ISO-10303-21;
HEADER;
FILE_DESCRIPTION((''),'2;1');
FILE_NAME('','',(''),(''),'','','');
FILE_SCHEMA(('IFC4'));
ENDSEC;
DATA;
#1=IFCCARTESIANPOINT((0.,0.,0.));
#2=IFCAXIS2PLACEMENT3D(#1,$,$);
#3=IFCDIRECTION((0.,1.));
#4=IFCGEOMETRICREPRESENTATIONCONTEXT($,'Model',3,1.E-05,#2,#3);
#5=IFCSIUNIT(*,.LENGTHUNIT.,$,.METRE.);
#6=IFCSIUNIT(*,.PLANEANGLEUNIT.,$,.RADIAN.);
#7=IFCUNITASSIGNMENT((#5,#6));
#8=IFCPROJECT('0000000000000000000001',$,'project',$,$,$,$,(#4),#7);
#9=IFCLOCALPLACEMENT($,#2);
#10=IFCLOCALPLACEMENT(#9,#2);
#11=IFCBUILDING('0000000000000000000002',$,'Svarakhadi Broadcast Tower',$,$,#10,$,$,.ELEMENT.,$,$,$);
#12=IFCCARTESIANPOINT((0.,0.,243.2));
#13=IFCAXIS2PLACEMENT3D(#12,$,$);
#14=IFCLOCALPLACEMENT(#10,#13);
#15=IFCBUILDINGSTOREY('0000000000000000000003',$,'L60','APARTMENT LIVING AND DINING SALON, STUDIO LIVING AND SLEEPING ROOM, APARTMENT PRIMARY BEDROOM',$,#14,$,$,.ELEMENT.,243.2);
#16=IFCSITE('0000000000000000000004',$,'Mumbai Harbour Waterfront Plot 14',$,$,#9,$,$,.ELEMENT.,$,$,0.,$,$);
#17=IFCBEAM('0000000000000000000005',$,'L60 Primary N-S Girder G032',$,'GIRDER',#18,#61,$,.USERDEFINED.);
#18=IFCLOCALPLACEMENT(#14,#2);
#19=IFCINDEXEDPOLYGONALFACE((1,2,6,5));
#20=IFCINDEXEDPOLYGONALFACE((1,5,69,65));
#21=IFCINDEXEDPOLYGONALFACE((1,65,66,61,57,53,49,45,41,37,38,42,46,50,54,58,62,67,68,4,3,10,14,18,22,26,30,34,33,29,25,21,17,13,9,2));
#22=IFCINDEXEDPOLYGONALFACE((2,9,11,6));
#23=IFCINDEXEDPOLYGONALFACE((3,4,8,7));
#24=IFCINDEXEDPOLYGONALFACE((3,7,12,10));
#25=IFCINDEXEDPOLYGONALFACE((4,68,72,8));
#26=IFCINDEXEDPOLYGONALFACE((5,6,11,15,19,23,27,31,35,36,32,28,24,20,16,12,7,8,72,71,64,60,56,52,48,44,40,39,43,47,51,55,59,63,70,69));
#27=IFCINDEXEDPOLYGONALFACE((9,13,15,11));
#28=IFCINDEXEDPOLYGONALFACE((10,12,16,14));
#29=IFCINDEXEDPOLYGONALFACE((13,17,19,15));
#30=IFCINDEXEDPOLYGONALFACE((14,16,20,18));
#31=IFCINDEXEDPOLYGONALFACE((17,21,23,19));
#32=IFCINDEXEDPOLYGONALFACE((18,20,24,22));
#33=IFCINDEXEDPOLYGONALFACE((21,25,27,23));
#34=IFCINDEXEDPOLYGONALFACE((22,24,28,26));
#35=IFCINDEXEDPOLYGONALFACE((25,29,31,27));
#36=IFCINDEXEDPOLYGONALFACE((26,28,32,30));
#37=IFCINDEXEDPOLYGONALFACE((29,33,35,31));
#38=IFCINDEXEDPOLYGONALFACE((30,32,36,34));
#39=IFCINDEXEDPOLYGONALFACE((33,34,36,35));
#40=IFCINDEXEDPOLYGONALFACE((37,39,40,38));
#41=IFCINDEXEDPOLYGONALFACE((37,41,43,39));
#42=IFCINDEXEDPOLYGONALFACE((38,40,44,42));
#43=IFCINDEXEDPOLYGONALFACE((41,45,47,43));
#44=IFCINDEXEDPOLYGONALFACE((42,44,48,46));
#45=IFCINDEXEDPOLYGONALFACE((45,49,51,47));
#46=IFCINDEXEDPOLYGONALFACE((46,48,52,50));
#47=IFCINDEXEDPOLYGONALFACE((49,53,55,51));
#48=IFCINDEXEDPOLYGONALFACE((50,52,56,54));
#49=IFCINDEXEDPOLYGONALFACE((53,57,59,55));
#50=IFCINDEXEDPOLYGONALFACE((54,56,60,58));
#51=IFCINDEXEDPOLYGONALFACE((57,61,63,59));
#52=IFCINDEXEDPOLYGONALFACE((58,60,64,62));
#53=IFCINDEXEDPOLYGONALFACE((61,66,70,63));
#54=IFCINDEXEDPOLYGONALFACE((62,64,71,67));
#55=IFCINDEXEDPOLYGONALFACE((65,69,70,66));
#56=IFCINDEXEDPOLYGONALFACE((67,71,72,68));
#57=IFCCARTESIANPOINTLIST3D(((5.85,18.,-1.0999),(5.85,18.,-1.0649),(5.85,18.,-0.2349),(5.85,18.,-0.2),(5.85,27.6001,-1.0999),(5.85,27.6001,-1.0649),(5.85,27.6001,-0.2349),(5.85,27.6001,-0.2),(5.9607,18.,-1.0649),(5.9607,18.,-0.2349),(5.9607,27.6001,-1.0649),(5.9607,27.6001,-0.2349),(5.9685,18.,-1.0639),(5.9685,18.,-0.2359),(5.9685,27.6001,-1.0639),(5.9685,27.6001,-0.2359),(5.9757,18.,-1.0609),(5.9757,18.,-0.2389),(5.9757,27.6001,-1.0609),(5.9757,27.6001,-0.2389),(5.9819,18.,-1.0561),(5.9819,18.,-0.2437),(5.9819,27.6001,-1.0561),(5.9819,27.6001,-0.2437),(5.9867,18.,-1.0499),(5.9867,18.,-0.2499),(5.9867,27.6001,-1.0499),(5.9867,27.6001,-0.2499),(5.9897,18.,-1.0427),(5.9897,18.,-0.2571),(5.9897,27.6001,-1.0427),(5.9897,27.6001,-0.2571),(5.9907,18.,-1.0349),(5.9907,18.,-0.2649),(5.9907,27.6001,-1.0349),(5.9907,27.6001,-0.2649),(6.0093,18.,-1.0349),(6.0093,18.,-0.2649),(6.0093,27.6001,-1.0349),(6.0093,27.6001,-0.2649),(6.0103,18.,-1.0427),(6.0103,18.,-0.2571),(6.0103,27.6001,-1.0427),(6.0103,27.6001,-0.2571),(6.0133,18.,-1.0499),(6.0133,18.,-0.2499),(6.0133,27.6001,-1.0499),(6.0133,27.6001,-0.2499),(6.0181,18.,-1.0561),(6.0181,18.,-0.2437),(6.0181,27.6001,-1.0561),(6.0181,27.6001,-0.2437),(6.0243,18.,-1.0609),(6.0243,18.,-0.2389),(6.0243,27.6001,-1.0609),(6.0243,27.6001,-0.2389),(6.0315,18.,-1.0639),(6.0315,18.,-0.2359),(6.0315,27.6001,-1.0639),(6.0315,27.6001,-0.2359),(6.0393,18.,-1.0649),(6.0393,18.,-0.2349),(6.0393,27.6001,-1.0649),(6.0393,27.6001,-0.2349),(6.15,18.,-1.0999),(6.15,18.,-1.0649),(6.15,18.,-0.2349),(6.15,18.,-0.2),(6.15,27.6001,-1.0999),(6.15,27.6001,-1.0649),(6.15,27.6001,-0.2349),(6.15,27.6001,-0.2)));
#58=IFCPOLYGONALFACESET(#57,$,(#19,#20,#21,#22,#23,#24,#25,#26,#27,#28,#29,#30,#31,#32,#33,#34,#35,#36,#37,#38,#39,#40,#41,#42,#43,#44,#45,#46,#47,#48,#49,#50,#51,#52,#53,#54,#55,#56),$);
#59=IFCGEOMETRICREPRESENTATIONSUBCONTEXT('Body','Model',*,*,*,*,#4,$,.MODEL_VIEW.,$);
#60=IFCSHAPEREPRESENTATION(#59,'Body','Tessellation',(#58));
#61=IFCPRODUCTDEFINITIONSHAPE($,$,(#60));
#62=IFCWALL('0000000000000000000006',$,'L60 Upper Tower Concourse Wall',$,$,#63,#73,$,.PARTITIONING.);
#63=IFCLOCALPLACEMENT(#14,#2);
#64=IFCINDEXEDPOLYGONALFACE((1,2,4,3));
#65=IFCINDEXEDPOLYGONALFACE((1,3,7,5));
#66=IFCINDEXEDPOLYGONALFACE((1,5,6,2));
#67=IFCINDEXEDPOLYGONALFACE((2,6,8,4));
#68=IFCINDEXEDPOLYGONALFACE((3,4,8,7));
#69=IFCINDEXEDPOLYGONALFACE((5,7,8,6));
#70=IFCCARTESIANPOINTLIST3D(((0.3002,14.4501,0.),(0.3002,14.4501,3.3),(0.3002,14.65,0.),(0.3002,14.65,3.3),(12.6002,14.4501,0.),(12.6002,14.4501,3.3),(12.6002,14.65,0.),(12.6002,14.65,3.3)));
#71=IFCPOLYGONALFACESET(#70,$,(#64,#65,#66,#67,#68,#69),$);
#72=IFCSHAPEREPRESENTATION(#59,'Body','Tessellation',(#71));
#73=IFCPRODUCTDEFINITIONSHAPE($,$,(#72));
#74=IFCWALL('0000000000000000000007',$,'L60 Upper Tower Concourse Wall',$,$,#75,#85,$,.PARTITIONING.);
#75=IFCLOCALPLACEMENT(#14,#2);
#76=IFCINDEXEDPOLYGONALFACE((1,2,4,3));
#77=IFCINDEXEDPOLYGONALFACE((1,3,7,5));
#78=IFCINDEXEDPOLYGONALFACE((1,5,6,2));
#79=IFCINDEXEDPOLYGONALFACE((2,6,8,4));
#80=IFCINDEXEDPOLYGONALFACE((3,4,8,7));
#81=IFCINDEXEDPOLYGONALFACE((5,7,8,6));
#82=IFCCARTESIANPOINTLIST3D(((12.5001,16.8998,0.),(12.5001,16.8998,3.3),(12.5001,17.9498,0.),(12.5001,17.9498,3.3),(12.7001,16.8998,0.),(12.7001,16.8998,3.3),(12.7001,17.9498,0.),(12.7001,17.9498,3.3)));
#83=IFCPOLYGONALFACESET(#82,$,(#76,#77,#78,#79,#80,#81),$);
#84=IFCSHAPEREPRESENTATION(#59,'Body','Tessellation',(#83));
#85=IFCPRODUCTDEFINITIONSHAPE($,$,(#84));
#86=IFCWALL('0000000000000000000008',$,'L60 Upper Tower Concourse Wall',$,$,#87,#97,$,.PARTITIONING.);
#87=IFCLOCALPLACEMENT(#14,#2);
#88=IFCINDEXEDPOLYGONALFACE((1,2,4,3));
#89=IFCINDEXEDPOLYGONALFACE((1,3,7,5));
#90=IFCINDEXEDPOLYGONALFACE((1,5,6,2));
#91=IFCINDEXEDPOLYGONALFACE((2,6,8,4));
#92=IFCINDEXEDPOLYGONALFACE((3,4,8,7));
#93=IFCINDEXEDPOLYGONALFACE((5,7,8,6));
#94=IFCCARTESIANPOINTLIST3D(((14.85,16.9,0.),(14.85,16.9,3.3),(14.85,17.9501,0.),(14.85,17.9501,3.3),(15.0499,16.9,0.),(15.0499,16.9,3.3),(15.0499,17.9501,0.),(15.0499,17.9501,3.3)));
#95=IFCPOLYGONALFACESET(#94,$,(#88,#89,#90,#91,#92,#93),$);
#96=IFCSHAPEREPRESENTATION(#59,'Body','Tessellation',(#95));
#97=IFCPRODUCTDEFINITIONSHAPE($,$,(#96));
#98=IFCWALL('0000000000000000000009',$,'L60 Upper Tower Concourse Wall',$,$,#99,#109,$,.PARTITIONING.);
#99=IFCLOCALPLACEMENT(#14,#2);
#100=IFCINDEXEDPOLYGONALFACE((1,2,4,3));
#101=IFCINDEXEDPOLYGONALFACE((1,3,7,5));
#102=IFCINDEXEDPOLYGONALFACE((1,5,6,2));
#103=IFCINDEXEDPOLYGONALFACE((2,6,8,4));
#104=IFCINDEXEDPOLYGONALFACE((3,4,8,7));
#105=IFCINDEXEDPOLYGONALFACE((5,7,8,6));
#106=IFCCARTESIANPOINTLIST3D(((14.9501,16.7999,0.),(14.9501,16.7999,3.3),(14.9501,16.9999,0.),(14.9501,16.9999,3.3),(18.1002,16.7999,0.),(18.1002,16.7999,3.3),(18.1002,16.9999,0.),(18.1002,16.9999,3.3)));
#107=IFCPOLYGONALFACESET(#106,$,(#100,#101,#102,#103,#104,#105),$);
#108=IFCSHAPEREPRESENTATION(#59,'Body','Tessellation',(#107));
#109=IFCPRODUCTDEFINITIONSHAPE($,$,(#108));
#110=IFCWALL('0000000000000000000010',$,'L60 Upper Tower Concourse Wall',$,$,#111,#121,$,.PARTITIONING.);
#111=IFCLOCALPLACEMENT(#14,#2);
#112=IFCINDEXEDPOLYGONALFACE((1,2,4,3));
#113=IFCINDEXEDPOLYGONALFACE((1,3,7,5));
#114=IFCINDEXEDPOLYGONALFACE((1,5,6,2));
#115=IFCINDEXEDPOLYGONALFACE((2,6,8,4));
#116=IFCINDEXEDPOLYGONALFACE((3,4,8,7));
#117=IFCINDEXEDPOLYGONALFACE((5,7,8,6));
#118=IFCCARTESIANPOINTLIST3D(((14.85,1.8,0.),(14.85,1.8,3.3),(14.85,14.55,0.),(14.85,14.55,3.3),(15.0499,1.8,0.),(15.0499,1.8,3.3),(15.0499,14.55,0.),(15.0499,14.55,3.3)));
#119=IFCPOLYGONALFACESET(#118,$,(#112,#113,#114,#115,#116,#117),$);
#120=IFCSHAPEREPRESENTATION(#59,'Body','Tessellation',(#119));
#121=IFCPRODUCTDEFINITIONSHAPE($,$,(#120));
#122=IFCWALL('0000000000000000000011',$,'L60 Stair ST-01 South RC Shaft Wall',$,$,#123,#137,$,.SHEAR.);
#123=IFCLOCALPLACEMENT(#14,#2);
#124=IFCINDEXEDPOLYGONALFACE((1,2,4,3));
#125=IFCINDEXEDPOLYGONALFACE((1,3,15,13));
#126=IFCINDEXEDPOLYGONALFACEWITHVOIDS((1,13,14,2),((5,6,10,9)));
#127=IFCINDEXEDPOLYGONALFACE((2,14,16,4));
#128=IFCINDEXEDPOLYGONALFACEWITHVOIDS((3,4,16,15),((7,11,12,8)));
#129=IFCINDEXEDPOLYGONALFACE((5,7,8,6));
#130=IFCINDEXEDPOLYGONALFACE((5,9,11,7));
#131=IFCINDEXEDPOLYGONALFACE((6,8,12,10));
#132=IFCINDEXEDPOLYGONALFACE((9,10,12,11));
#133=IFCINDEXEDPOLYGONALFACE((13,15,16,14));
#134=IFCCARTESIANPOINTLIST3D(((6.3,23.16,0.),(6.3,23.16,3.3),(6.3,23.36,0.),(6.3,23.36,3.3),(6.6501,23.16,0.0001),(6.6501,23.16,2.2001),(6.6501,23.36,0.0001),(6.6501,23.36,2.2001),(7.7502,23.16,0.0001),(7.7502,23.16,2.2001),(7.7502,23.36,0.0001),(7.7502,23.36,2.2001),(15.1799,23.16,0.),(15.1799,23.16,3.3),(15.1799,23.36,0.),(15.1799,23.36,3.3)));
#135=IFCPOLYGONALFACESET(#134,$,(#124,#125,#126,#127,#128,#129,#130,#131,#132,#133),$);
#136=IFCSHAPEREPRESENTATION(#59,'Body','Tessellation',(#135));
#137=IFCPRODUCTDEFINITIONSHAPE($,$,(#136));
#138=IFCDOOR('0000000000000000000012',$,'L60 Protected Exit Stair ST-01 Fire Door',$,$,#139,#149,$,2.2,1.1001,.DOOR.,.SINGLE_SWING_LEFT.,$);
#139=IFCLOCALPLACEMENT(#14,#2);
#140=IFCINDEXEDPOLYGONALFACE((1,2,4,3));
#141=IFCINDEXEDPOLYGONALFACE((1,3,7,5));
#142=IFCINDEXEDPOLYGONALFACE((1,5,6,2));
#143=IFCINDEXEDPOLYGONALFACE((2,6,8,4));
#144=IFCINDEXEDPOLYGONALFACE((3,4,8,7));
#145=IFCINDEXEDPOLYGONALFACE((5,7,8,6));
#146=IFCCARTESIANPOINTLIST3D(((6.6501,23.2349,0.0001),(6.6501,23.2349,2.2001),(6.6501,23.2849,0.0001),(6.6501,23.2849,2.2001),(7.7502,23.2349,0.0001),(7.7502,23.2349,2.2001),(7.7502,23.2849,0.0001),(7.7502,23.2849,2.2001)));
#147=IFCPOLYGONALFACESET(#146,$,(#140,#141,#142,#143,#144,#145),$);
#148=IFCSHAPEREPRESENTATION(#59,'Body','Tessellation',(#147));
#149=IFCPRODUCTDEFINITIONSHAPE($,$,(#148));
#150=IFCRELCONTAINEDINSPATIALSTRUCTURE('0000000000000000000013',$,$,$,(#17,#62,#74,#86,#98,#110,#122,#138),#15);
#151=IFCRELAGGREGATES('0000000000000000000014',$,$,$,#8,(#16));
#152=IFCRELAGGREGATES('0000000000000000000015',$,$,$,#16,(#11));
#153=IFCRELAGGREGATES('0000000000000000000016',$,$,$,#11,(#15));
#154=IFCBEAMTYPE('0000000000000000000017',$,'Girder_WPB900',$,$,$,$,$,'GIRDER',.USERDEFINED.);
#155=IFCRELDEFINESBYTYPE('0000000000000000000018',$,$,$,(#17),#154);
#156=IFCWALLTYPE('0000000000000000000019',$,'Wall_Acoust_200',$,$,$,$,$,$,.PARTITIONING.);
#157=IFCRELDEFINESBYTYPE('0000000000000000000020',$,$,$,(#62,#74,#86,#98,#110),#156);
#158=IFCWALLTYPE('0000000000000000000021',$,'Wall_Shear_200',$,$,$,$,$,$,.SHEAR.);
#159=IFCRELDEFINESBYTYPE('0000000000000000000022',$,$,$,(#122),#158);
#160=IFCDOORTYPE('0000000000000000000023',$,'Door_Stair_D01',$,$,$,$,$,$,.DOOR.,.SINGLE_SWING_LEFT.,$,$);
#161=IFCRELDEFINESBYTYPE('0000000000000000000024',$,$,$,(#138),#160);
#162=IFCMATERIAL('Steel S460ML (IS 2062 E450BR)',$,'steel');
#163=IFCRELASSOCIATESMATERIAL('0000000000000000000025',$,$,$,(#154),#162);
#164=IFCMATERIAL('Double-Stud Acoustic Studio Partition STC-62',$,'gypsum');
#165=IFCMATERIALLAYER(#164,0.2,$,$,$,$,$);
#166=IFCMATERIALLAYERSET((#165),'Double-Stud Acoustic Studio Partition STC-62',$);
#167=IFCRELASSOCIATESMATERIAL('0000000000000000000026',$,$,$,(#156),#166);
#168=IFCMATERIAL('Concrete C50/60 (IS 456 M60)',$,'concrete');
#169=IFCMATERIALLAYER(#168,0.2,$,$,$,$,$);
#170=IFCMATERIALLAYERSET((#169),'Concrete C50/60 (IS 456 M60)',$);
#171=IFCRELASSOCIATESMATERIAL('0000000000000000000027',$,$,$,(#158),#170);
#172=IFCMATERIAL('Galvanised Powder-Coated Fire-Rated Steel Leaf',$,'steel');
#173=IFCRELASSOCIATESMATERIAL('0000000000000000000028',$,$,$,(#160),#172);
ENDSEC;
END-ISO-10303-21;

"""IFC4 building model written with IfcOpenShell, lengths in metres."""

from ifc_helpers import new_model, si_unit, direction, frame, frame_2d, origin, origin_2d, place, context, subcontext, project, spatial, rectangle, i_section, extrude, material, layer, layer_set, material_profile, profile_set, type_object, element, fill, save


model = new_model("IFC4")

# Units and contexts
model_context = context("Model", 3, precision=1e-05, world=origin(), true_north=direction((0.0, 1.0)))
body_context = subcontext(model_context, "Body", "Model", "MODEL_VIEW")
ifc_project = project(units=[si_unit("LENGTHUNIT", "METRE"), si_unit("PLANEANGLEUNIT", "RADIAN")], contexts=[model_context])

# Site, building, storey
site_placement = place(None, origin())
site = spatial("IfcSite", under=ifc_project, at=site_placement, Name="Mumbai Harbour Waterfront Plot 14", CompositionType="ELEMENT", RefElevation=0.0)
building_placement = place(site_placement, origin())
building = spatial("IfcBuilding", under=site, at=building_placement, Name="Svarakhadi Broadcast Tower", CompositionType="ELEMENT")
storey_placement = place(building_placement, frame((0.0, 0.0, 243.2)))
storey = spatial("IfcBuildingStorey", under=building, at=storey_placement, Name="L60", Description="APARTMENT LIVING AND DINING SALON, STUDIO LIVING AND SLEEPING ROOM, APARTMENT PRIMARY BEDROOM", CompositionType="ELEMENT", Elevation=243.2)

# Shared definitions
ifc_material_1 = material(Name="Concrete C50/60 (IS 456 M60)", Category="concrete")
ifc_material_2 = material(Name="Steel S460ML (IS 2062 E450BR)", Category="steel")

# Beam
ifc_material_profile_1 = material_profile(ifc_material_2, i_section(OverallWidth=0.3, OverallDepth=0.8999, WebThickness=0.0186, FlangeThickness=0.0349, FilletRadius=0.03, at=origin_2d()), Name="WPB 900x300x291")
ifc_profile_set_1 = profile_set([ifc_material_profile_1], Name="Steel S460ML (IS 2062 E450BR)")
beam_type_1 = type_object("IfcBeamType", Name="Girder_WPB900", ElementType="GIRDER", PredefinedType="USERDEFINED", material=ifc_profile_set_1)
beam_1_placement = place(storey_placement, frame((6.0, 18.0, -0.6499), z_axis=(0.0, 1.0, 0.0), x_axis=(-1.0, 0.0, 0.0)))
element("IfcBeam", 1, at=beam_1_placement, inside=storey, type_object=beam_type_1, Name="L60 Primary N-S Girder G032", ObjectType="GIRDER", PredefinedType="USERDEFINED", context=body_context, shape_type="SweptSolid", body=[
    extrude(i_section(OverallWidth=0.3, OverallDepth=0.8999, WebThickness=0.0186, FlangeThickness=0.0349, FilletRadius=0.03, at=origin_2d()), origin(), (0.0, 0.0, 1.0), 9.6001),
])

# Walls
ifc_material_3 = material(Name="Double-Stud Acoustic Studio Partition STC-62", Category="gypsum")
ifc_layer_1 = layer(ifc_material_3, 0.2)
ifc_layer_set_1 = layer_set([ifc_layer_1], Name="Double-Stud Acoustic Studio Partition STC-62")
wall_type_1 = type_object("IfcWallType", Name="Wall_Acoust_200", PredefinedType="PARTITIONING", material=ifc_layer_set_1)
wall_1_placement = place(storey_placement, frame((12.6001, 14.55, 0.0), z_axis=(0.0, 0.0, 1.0), x_axis=(-1.0, 0.0, 0.0)))
element("IfcWall", 2, at=wall_1_placement, inside=storey, type_object=wall_type_1, Name="L60 Upper Tower Concourse Wall", PredefinedType="PARTITIONING", context=body_context, shape_type="SweptSolid", body=[
    extrude(rectangle(XDim=12.3, YDim=0.2, at=frame_2d((6.1499, 0.0))), origin(), (0.0, 0.0, 1.0), 3.3),
])
for number, where, z_axis, x_axis, name in (
    (3, (12.6001, 16.8999, 0.0), (0.0, 0.0, 1.0), (0.0, 1.0, 0.0), "L60 Upper Tower Concourse Wall"),
    (4, (14.95, 17.95, 0.0), (0.0, 0.0, 1.0), (0.0, -1.0, 0.0), "L60 Upper Tower Concourse Wall"),
):
    element("IfcWall", number, at=place(storey_placement, frame(where, z_axis=z_axis, x_axis=x_axis)), inside=storey, type_object=wall_type_1, Name=name, PredefinedType="PARTITIONING", context=body_context, shape_type="SweptSolid", body=[
        extrude(rectangle(XDim=1.05, YDim=0.2, at=frame_2d((0.5249, 0.0))), origin(), (0.0, 0.0, 1.0), 3.3),
    ])
wall_2_placement = place(storey_placement, frame((14.95, 16.8999, 0.0), z_axis=(0.0, 0.0, 1.0), x_axis=(1.0, 0.0, 0.0)))
element("IfcWall", 5, at=wall_2_placement, inside=storey, type_object=wall_type_1, Name="L60 Upper Tower Concourse Wall", PredefinedType="PARTITIONING", context=body_context, shape_type="SweptSolid", body=[
    extrude(rectangle(XDim=3.1501, YDim=0.2, at=frame_2d((1.5752, 0.0))), origin(), (0.0, 0.0, 1.0), 3.3),
])
wall_3_placement = place(storey_placement, frame((14.95, 14.55, 0.0), z_axis=(0.0, 0.0, 1.0), x_axis=(0.0, -1.0, 0.0)))
element("IfcWall", 6, at=wall_3_placement, inside=storey, type_object=wall_type_1, Name="L60 Upper Tower Concourse Wall", PredefinedType="PARTITIONING", context=body_context, shape_type="SweptSolid", body=[
    extrude(rectangle(XDim=12.75, YDim=0.2, at=frame_2d((6.375, 0.0))), origin(), (0.0, 0.0, 1.0), 3.3),
])

# Wall, opening, door
ifc_layer_2 = layer(ifc_material_1, 0.2)
ifc_layer_set_2 = layer_set([ifc_layer_2], Name="Concrete C50/60 (IS 456 M60)")
wall_type_2 = type_object("IfcWallType", Name="Wall_Shear_200", PredefinedType="SHEAR", material=ifc_layer_set_2)
wall_4_placement = place(storey_placement, frame((6.3, 23.26, 0.0), z_axis=(0.0, 0.0, 1.0), x_axis=(1.0, 0.0, 0.0)))
wall_4 = element("IfcWall", 7, at=wall_4_placement, inside=storey, type_object=wall_type_2, Name="L60 Stair ST-01 South RC Shaft Wall", PredefinedType="SHEAR", context=body_context, shape_type="SweptSolid", body=[
    extrude(rectangle(XDim=8.8799, YDim=0.2, at=frame_2d((4.4399, 0.0))), origin(), (0.0, 0.0, 1.0), 3.3),
])
opening_1_placement = place(wall_4_placement, frame((0.3501, 0.0, 0.0)))
opening_1 = element("IfcOpeningElement", 8, at=opening_1_placement, cuts=wall_4, PredefinedType="OPENING", context=body_context, shape_type="SweptSolid", body=[
    extrude(rectangle(XDim=1.1001, YDim=2.2, at=frame_2d((0.55, 1.1001))), frame((0.0, 0.1099, 0.0), z_axis=(0.0, -1.0, 0.0), x_axis=(1.0, 0.0, 0.0)), (0.0, 0.0, 1.0), 0.22),
])
ifc_material_4 = material(Name="Galvanised Powder-Coated Fire-Rated Steel Leaf", Category="steel")
door_type_1 = type_object("IfcDoorType", Name="Door_Stair_D01", OperationType="SINGLE_SWING_LEFT", PredefinedType="DOOR", material=ifc_material_4)
door_1_placement = place(opening_1_placement, origin())
door_1 = element("IfcDoor", 9, at=door_1_placement, inside=storey, type_object=door_type_1, Name="L60 Protected Exit Stair ST-01 Fire Door", OperationType="SINGLE_SWING_LEFT", OverallHeight=2.2, OverallWidth=1.1001, PredefinedType="DOOR", context=body_context, shape_type="SweptSolid", body=[
    extrude(rectangle(XDim=1.1001, YDim=2.2, at=frame_2d((0.55, 1.1001))), frame((0.0, 0.0249, 0.0), z_axis=(0.0, -1.0, 0.0), x_axis=(1.0, 0.0, 0.0)), (0.0, 0.0, 1.0), 0.05),
])
fill(opening_1, door_1)

save(model, "model.ifc")
